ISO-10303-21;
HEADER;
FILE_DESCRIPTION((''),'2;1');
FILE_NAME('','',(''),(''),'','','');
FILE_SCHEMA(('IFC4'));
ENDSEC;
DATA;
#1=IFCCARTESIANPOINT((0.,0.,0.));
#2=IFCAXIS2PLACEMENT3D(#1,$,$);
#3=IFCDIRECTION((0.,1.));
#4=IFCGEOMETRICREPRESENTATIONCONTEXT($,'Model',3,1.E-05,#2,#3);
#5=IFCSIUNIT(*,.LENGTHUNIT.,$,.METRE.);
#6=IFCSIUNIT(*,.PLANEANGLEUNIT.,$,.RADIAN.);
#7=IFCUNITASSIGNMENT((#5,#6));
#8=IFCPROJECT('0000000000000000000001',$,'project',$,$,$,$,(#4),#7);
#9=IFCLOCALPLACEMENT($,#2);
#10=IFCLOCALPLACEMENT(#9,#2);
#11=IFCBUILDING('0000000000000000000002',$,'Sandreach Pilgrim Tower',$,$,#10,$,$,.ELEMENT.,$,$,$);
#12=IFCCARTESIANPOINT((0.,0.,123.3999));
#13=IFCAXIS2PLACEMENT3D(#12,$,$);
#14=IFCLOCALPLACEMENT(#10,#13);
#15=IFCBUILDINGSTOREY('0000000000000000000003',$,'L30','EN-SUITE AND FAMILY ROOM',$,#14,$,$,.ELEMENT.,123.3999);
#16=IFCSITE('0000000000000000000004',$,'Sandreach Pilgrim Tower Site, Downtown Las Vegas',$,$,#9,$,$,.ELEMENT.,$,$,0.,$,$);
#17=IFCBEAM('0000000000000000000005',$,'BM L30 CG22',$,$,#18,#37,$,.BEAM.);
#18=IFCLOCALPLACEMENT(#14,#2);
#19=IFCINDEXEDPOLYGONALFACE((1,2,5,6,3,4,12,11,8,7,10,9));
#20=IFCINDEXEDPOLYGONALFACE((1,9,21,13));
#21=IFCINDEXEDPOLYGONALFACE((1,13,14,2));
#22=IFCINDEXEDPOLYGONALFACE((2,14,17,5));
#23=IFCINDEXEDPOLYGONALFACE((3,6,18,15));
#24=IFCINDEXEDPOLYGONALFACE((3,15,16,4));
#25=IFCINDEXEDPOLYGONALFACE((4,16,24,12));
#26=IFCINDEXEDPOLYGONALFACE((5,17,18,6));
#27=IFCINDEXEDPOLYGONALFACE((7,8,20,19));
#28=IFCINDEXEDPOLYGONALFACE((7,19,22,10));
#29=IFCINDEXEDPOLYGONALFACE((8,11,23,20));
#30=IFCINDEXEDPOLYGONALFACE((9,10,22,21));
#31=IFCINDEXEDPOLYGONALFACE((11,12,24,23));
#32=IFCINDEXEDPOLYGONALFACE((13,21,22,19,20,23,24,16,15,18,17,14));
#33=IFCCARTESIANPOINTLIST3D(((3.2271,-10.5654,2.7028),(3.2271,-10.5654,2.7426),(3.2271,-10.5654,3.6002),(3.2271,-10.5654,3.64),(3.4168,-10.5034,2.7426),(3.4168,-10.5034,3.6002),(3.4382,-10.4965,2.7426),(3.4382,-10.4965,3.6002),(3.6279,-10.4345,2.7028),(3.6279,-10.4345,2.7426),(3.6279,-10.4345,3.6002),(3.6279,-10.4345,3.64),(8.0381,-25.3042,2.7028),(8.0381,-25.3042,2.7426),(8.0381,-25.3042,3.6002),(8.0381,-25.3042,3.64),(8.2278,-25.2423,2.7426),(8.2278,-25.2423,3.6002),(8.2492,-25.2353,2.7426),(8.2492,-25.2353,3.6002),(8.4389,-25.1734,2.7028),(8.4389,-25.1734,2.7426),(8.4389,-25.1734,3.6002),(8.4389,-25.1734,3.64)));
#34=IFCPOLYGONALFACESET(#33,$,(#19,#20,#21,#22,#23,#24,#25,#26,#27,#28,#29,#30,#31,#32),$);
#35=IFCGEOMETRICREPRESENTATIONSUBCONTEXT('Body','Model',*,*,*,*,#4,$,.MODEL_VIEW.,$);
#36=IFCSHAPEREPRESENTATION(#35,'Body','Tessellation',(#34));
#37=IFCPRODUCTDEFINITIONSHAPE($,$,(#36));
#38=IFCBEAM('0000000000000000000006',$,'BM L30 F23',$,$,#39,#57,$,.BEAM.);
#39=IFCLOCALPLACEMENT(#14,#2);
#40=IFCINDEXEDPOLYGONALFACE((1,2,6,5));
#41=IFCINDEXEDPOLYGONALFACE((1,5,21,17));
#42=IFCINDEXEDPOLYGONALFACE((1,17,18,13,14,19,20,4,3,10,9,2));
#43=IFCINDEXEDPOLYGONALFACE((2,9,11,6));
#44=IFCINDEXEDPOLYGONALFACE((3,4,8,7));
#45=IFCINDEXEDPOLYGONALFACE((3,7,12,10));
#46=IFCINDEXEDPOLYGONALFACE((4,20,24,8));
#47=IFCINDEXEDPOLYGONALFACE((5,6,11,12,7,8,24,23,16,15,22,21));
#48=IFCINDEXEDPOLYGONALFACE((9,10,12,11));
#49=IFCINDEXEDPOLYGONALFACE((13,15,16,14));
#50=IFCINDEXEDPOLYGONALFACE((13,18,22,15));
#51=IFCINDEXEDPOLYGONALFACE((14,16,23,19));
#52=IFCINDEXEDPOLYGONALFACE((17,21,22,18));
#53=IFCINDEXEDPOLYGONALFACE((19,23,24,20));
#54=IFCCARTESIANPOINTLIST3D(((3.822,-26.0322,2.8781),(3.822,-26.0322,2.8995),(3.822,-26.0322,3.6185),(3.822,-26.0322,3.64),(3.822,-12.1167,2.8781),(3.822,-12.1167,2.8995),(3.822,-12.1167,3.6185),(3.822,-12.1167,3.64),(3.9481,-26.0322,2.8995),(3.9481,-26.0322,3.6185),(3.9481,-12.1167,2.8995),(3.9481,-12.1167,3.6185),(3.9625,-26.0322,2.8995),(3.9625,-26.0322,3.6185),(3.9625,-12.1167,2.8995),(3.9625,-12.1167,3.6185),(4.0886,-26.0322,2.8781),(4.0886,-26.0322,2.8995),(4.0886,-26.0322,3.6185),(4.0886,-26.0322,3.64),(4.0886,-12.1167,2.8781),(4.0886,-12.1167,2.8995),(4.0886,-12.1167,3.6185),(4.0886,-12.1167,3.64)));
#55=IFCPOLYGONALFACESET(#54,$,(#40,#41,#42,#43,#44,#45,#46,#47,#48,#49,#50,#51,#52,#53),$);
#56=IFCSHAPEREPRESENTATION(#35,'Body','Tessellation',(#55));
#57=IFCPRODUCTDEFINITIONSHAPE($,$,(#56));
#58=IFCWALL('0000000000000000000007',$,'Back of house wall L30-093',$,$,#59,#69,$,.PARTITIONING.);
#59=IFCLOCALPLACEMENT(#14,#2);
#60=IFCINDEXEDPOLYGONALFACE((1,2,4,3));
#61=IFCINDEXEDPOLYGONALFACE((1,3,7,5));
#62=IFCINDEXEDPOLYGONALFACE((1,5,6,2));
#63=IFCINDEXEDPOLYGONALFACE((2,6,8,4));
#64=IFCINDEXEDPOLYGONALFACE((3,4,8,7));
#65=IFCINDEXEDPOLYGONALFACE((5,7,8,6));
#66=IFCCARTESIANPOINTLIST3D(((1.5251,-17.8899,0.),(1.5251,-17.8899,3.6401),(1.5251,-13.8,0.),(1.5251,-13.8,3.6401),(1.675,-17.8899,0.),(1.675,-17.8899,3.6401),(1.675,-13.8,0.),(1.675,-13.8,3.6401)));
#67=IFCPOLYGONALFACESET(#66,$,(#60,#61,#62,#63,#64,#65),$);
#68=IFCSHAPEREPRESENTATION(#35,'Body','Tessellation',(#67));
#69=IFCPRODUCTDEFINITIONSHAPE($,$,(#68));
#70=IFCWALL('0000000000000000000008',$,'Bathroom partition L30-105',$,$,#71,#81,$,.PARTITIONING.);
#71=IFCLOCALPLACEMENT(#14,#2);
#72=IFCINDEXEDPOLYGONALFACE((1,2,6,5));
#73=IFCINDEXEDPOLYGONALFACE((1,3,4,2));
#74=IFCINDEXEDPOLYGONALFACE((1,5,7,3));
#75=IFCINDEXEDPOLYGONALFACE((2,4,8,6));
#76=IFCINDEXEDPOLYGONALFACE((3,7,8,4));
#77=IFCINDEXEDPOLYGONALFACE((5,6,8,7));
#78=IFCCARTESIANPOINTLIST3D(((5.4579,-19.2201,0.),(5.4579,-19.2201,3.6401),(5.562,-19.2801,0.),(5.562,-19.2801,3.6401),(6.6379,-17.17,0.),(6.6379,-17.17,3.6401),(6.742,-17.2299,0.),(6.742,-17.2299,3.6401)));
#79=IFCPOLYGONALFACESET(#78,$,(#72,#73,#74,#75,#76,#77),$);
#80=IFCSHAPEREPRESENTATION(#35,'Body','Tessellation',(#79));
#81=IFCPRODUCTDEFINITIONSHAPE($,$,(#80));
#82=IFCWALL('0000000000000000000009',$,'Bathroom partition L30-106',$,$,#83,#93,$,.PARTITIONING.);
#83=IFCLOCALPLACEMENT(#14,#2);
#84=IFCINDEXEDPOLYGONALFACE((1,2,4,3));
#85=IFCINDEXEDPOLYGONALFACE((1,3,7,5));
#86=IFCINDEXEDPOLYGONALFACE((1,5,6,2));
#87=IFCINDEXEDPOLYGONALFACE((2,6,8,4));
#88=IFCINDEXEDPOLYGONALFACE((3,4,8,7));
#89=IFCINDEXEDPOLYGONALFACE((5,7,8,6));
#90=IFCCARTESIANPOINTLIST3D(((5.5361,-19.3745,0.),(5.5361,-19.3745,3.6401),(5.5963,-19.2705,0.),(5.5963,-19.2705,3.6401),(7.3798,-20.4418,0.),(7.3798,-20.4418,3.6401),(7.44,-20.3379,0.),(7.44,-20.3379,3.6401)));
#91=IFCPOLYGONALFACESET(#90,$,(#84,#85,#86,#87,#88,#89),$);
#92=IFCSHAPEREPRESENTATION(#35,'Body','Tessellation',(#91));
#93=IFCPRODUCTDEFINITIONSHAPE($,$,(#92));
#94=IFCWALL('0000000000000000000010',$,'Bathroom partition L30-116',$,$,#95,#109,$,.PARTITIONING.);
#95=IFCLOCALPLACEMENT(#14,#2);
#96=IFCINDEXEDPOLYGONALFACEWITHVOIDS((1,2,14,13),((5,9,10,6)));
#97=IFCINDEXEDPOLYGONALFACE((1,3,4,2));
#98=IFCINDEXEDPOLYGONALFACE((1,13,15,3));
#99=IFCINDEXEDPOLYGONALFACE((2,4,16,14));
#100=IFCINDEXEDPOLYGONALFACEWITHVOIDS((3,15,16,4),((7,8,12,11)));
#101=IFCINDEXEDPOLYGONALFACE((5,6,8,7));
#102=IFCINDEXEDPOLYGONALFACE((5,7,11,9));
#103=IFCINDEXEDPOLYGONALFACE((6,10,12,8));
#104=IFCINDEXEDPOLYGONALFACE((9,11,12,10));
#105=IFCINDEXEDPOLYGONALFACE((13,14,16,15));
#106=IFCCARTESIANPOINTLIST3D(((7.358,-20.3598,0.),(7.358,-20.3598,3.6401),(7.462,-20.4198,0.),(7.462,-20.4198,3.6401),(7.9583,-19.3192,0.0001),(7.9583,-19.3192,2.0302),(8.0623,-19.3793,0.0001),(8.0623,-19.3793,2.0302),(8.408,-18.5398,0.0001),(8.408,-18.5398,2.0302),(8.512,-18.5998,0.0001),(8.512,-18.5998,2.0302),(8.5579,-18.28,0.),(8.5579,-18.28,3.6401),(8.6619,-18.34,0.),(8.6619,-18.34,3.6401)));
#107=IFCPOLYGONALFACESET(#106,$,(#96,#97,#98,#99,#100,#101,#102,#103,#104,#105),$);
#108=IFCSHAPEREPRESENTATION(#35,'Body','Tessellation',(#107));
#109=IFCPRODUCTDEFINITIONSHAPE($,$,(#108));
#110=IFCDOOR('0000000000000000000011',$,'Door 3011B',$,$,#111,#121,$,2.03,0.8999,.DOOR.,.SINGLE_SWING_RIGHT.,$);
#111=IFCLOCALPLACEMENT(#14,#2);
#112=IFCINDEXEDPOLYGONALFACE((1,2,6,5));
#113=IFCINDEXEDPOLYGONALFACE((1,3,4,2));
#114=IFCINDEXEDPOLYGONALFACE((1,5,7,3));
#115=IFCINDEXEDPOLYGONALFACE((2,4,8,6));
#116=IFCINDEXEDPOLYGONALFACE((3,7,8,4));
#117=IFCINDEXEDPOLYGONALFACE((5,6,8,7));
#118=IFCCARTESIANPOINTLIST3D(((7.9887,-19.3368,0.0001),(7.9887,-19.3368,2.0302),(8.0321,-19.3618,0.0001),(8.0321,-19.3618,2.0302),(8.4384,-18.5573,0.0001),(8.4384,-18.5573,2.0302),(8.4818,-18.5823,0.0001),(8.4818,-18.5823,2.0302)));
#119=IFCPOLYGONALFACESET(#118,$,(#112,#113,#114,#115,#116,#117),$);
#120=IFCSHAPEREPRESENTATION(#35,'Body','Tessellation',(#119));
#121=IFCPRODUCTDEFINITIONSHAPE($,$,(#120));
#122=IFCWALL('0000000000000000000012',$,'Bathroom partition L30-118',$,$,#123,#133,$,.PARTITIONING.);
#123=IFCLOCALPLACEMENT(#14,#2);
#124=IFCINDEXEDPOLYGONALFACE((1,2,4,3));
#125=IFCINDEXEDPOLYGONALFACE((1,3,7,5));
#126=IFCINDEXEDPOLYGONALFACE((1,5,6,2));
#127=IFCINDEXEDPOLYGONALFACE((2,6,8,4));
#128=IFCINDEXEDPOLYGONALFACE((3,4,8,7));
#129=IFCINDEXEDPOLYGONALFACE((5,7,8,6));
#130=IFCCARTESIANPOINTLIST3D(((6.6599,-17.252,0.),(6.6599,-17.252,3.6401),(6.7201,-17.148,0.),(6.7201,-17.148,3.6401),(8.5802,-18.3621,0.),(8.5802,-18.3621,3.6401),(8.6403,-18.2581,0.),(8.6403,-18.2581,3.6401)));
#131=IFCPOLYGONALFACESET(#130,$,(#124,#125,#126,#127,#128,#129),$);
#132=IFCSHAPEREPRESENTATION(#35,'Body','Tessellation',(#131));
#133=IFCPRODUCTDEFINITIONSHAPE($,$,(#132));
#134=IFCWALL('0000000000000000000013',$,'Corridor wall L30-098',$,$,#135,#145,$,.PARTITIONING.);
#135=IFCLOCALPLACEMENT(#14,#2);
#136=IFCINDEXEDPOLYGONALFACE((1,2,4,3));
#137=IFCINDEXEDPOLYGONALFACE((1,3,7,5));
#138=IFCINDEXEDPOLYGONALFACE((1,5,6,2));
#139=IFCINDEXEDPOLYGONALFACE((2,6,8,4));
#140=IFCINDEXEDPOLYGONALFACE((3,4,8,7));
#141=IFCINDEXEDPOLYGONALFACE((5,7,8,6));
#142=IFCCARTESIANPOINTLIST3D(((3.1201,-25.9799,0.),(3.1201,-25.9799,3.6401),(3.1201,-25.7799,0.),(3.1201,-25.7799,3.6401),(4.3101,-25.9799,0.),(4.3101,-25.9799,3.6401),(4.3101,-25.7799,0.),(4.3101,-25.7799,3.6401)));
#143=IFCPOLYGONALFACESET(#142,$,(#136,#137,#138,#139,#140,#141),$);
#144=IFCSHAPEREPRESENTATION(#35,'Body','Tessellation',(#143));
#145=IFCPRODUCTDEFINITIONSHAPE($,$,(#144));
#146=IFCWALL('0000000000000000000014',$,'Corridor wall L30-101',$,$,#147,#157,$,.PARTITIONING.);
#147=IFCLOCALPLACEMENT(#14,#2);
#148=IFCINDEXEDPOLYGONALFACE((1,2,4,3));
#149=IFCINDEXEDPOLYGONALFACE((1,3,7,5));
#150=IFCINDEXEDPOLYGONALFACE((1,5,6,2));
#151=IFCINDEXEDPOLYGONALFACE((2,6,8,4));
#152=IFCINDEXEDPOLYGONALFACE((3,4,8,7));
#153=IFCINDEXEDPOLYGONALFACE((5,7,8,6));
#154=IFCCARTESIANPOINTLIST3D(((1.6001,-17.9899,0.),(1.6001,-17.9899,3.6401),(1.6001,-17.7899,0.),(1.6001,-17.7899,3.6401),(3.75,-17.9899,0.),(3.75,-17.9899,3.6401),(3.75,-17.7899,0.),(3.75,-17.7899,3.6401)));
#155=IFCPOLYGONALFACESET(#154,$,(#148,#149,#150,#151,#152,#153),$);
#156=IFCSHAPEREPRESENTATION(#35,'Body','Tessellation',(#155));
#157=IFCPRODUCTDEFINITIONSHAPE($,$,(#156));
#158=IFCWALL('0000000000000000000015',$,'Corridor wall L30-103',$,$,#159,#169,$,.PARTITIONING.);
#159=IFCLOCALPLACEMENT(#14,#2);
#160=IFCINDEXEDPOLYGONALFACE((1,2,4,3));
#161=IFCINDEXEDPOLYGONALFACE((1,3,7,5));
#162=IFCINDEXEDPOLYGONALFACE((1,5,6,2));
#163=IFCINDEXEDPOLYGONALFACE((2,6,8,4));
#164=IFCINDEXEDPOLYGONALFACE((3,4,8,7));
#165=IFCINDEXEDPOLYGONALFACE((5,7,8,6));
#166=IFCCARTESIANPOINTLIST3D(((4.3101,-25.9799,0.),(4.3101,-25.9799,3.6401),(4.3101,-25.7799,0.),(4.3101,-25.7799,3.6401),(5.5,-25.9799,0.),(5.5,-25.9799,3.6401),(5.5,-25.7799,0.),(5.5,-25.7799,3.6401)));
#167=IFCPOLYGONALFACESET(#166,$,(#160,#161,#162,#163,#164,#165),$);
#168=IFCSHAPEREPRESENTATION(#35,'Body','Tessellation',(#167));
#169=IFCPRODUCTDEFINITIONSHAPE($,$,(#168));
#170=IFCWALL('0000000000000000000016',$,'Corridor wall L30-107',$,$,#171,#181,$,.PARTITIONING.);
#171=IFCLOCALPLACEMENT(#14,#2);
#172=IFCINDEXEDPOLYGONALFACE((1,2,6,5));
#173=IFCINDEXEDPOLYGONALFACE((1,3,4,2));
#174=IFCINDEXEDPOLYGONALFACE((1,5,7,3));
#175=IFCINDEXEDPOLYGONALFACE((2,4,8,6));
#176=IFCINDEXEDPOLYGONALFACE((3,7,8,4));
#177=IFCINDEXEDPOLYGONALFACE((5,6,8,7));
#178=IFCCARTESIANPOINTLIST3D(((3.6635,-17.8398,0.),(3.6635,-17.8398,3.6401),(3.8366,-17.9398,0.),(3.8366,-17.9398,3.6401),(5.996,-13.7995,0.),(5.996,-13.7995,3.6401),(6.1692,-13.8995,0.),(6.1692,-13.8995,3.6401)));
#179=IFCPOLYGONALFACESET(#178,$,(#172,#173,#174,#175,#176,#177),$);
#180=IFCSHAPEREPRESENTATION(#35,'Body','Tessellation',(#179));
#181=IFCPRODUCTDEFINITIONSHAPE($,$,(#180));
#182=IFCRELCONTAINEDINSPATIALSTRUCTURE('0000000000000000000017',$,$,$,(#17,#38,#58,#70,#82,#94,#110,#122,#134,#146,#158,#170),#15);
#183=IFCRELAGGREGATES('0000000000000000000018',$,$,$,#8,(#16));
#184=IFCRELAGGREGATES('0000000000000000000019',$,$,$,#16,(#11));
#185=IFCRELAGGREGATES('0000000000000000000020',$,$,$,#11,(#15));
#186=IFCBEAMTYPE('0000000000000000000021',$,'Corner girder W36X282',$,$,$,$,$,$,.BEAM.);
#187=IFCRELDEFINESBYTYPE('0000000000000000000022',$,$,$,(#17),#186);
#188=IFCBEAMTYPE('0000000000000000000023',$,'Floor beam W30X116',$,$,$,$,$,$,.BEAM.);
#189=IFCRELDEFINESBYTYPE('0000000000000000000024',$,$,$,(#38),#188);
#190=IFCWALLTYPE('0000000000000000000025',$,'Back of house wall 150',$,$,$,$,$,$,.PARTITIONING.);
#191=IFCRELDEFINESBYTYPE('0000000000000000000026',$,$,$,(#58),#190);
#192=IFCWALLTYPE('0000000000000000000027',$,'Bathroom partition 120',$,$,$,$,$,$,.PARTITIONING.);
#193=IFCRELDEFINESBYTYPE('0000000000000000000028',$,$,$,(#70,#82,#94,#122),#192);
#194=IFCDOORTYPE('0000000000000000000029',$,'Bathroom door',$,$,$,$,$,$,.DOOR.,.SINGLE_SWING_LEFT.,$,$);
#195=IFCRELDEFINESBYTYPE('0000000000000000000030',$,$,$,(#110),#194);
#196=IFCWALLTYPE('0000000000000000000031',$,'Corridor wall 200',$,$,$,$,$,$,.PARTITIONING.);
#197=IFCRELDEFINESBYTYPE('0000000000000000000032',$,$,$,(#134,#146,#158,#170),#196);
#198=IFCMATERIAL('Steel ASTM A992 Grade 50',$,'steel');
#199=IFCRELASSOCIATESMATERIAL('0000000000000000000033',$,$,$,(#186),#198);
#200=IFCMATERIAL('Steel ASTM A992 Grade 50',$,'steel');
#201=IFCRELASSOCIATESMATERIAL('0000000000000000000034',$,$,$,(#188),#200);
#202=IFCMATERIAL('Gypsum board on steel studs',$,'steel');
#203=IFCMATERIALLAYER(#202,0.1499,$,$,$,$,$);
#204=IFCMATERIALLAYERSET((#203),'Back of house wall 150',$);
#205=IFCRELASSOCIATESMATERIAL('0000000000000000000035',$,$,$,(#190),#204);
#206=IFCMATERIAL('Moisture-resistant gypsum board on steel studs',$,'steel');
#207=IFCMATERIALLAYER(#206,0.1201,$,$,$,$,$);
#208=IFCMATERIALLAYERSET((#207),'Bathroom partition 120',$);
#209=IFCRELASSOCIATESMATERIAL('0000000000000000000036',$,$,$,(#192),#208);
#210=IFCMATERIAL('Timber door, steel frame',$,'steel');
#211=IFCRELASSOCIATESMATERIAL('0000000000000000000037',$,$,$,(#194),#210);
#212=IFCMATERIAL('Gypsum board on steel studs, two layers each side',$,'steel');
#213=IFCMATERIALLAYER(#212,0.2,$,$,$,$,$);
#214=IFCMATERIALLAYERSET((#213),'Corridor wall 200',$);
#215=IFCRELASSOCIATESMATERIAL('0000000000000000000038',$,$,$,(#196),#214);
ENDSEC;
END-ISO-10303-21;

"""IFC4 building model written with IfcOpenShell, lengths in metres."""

from ifc_helpers import new_model, si_unit, direction, frame, frame_2d, origin, origin_2d, place, context, subcontext, project, spatial, rectangle, i_section, extrude, material, layer, layer_set, material_profile, profile_set, type_object, element, fill, save


model = new_model("IFC4")

# Units and contexts
model_context = context("Model", 3, precision=1e-05, world=origin(), true_north=direction((0.0, 1.0)))
body_context = subcontext(model_context, "Body", "Model", "MODEL_VIEW")
ifc_project = project(units=[si_unit("LENGTHUNIT", "METRE"), si_unit("PLANEANGLEUNIT", "RADIAN")], contexts=[model_context])

# Site, building, storey
site_placement = place(None, origin())
site = spatial("IfcSite", under=ifc_project, at=site_placement, Name="Sandreach Pilgrim Tower Site, Downtown Las Vegas", CompositionType="ELEMENT", RefElevation=0.0)
building_placement = place(site_placement, origin())
building = spatial("IfcBuilding", under=site, at=building_placement, Name="Sandreach Pilgrim Tower", CompositionType="ELEMENT")
storey_placement = place(building_placement, frame((0.0, 0.0, 123.3999)))
storey = spatial("IfcBuildingStorey", under=building, at=storey_placement, Name="L30", Description="EN-SUITE AND FAMILY ROOM", CompositionType="ELEMENT", Elevation=123.3999)

# Beams
ifc_material_1 = material(Name="Steel ASTM A992 Grade 50", Category="steel")
ifc_material_profile_1 = material_profile(ifc_material_1, i_section(OverallWidth=0.4216, OverallDepth=0.9373, WebThickness=0.0225, FlangeThickness=0.0398, at=origin_2d()), Name="W36X282")
ifc_profile_set_1 = profile_set([ifc_material_profile_1], Name="Steel ASTM A992 Grade 50")
beam_type_1 = type_object("IfcBeamType", Name="Corner girder W36X282", PredefinedType="BEAM", material=ifc_profile_set_1)
beam_1_placement = place(storey_placement, frame((8.2385, -25.2388, 3.1714), z_axis=(-0.310307, 0.950636, 0.0), x_axis=(-0.950636, -0.310307, 0.0)))
element("IfcBeam", 1, at=beam_1_placement, inside=storey, type_object=beam_type_1, Name="BM L30 CG22", PredefinedType="BEAM", context=body_context, shape_type="SweptSolid", body=[
    extrude(i_section(OverallWidth=0.4216, OverallDepth=0.9373, WebThickness=0.0225, FlangeThickness=0.0398, at=origin_2d()), origin(), (0.0, 0.0, 1.0), 15.5042),
])
ifc_material_2 = material(Name="Steel ASTM A992 Grade 50", Category="steel")
ifc_material_profile_2 = material_profile(ifc_material_2, i_section(OverallWidth=0.2666, OverallDepth=0.762, WebThickness=0.0144, FlangeThickness=0.0215, at=origin_2d()), Name="W30X116")
ifc_profile_set_2 = profile_set([ifc_material_profile_2], Name="Steel ASTM A992 Grade 50")
beam_type_2 = type_object("IfcBeamType", Name="Floor beam W30X116", PredefinedType="BEAM", material=ifc_profile_set_2)
beam_2_placement = place(storey_placement, frame((3.9553, -26.0322, 3.259), z_axis=(0.0, 1.0, 0.0), x_axis=(-1.0, 0.0, 0.0)))
element("IfcBeam", 2, at=beam_2_placement, inside=storey, type_object=beam_type_2, Name="BM L30 F23", PredefinedType="BEAM", context=body_context, shape_type="SweptSolid", body=[
    extrude(i_section(OverallWidth=0.2666, OverallDepth=0.762, WebThickness=0.0144, FlangeThickness=0.0215, at=origin_2d()), origin(), (0.0, 0.0, 1.0), 13.9155),
])

# Walls
ifc_material_3 = material(Name="Gypsum board on steel studs", Category="steel")
ifc_layer_1 = layer(ifc_material_3, 0.1499)
ifc_layer_set_1 = layer_set([ifc_layer_1], Name="Back of house wall 150")
wall_type_1 = type_object("IfcWallType", Name="Back of house wall 150", PredefinedType="PARTITIONING", material=ifc_layer_set_1)
wall_1_placement = place(storey_placement, frame((1.6001, -13.8, 0.0), z_axis=(0.0, 0.0, 1.0), x_axis=(0.0, -1.0, 0.0)))
element("IfcWall", 3, at=wall_1_placement, inside=storey, type_object=wall_type_1, Name="Back of house wall L30-093", PredefinedType="PARTITIONING", context=body_context, shape_type="SweptSolid", body=[
    extrude(rectangle(XDim=4.0898, YDim=0.1499, at=frame_2d((2.0449, 0.0))), origin(), (0.0, 0.0, 1.0), 3.6401),
])
ifc_material_4 = material(Name="Moisture-resistant gypsum board on steel studs", Category="steel")
ifc_layer_2 = layer(ifc_material_4, 0.1201)
ifc_layer_set_2 = layer_set([ifc_layer_2], Name="Bathroom partition 120")
wall_type_2 = type_object("IfcWallType", Name="Bathroom partition 120", PredefinedType="PARTITIONING", material=ifc_layer_set_2)
wall_2_placement = place(storey_placement, frame((5.51, -19.25, 0.0), z_axis=(0.0, 0.0, 1.0), x_axis=(0.498838, 0.866695, 0.0)))
element("IfcWall", 4, at=wall_2_placement, inside=storey, type_object=wall_type_2, Name="Bathroom partition L30-105", PredefinedType="PARTITIONING", context=body_context, shape_type="SweptSolid", body=[
    extrude(rectangle(XDim=2.3655, YDim=0.1201, at=frame_2d((1.1826, 0.0))), origin(), (0.0, 0.0, 1.0), 3.6401),
])
wall_3_placement = place(storey_placement, frame((5.5662, -19.3225, 0.0), z_axis=(0.0, 0.0, 1.0), x_axis=(0.865437, -0.501018, 0.0)))
element("IfcWall", 5, at=wall_3_placement, inside=storey, type_object=wall_type_2, Name="Bathroom partition L30-106", PredefinedType="PARTITIONING", context=body_context, shape_type="SweptSolid", body=[
    extrude(rectangle(XDim=2.1304, YDim=0.1201, at=frame_2d((1.0652, 0.0))), origin(), (0.0, 0.0, 1.0), 3.6401),
])

# Wall, opening, door
wall_4_placement = place(storey_placement, frame((7.4099, -20.3899, 0.0), z_axis=(0.0, 0.0, 1.0), x_axis=(0.499737, 0.866177, 0.0)))
wall_4 = element("IfcWall", 6, at=wall_4_placement, inside=storey, type_object=wall_type_2, Name="Bathroom partition L30-116", PredefinedType="PARTITIONING", context=body_context, shape_type="SweptSolid", body=[
    extrude(rectangle(XDim=2.4011, YDim=0.1201, at=frame_2d((1.2007, 0.0))), origin(), (0.0, 0.0, 1.0), 3.6401),
])
opening_1_placement = place(wall_4_placement, frame((1.2014, 0.0, 0.0)))
opening_1 = element("IfcOpeningElement", 7, at=opening_1_placement, cuts=wall_4, PredefinedType="OPENING", context=body_context, shape_type="SweptSolid", body=[
    extrude(rectangle(XDim=0.8999, YDim=2.03, at=frame_2d((0.45, 1.0151))), frame((0.0, 0.0601, 0.0), z_axis=(0.0, -1.0, 0.0), x_axis=(1.0, 0.0, 0.0)), (0.0, 0.0, 1.0), 0.1201),
])
ifc_material_5 = material(Name="Timber door, steel frame", Category="steel")
door_type_1 = type_object("IfcDoorType", Name="Bathroom door", OperationType="SINGLE_SWING_LEFT", PredefinedType="DOOR", material=ifc_material_5)
door_1_placement = place(opening_1_placement, origin())
door_1 = element("IfcDoor", 8, at=door_1_placement, inside=storey, type_object=door_type_1, Name="Door 3011B", OperationType="SINGLE_SWING_RIGHT", OverallHeight=2.03, OverallWidth=0.8999, PredefinedType="DOOR", context=body_context, shape_type="SweptSolid", body=[
    extrude(rectangle(XDim=0.8999, YDim=2.03, at=frame_2d((0.45, 1.0151))), frame((0.0, 0.0249, 0.0), z_axis=(0.0, -1.0, 0.0), x_axis=(1.0, 0.0, 0.0)), (0.0, 0.0, 1.0), 0.05),
])
fill(opening_1, door_1)

# Wall
wall_5_placement = place(storey_placement, frame((8.6101, -18.3101, 0.0), z_axis=(0.0, 0.0, 1.0), x_axis=(-0.865733, 0.500507, 0.0)))
element("IfcWall", 9, at=wall_5_placement, inside=storey, type_object=wall_type_2, Name="Bathroom partition L30-118", PredefinedType="PARTITIONING", context=body_context, shape_type="SweptSolid", body=[
    extrude(rectangle(XDim=2.218, YDim=0.1201, at=frame_2d((1.1089, 0.0))), origin(), (0.0, 0.0, 1.0), 3.6401),
])

# Shared definitions
ifc_material_6 = material(Name="Gypsum board on steel studs, two layers each side", Category="steel")
ifc_layer_3 = layer(ifc_material_6, 0.2)
ifc_layer_set_3 = layer_set([ifc_layer_3], Name="Corridor wall 200")
wall_type_3 = type_object("IfcWallType", Name="Corridor wall 200", PredefinedType="PARTITIONING", material=ifc_layer_set_3)

# Walls
wall_6_placement = place(storey_placement, frame((3.1201, -25.8799, 0.0), z_axis=(0.0, 0.0, 1.0), x_axis=(1.0, 0.0, 0.0)))
element("IfcWall", 10, at=wall_6_placement, inside=storey, type_object=wall_type_3, Name="Corridor wall L30-098", PredefinedType="PARTITIONING", context=body_context, shape_type="SweptSolid", body=[
    extrude(rectangle(XDim=1.1899, YDim=0.2, at=frame_2d((0.595, 0.0))), origin(), (0.0, 0.0, 1.0), 3.6401),
])
wall_7_placement = place(storey_placement, frame((3.75, -17.8899, 0.0), z_axis=(0.0, 0.0, 1.0), x_axis=(-1.0, 0.0, 0.0)))
element("IfcWall", 11, at=wall_7_placement, inside=storey, type_object=wall_type_3, Name="Corridor wall L30-101", PredefinedType="PARTITIONING", context=body_context, shape_type="SweptSolid", body=[
    extrude(rectangle(XDim=2.1499, YDim=0.2, at=frame_2d((1.075, 0.0))), origin(), (0.0, 0.0, 1.0), 3.6401),
])
wall_8_placement = place(storey_placement, frame((4.3101, -25.8799, 0.0), z_axis=(0.0, 0.0, 1.0), x_axis=(1.0, 0.0, 0.0)))
element("IfcWall", 12, at=wall_8_placement, inside=storey, type_object=wall_type_3, Name="Corridor wall L30-103", PredefinedType="PARTITIONING", context=body_context, shape_type="SweptSolid", body=[
    extrude(rectangle(XDim=1.1899, YDim=0.2, at=frame_2d((0.595, 0.0))), origin(), (0.0, 0.0, 1.0), 3.6401),
])

# Wall
wall_9_placement = place(storey_placement, frame((6.0825, -13.8496, 0.0), z_axis=(0.0, 0.0, 1.0), x_axis=(-0.499978, -0.866038, 0.0)))
element("IfcWall", 13, at=wall_9_placement, inside=storey, type_object=wall_type_3, Name="Corridor wall L30-107", PredefinedType="PARTITIONING", context=body_context, shape_type="SweptSolid", body=[
    extrude(rectangle(XDim=4.6653, YDim=0.2, at=frame_2d((2.3325, 0.0))), origin(), (0.0, 0.0, 1.0), 3.6401),
])

save(model, "model.ifc")
